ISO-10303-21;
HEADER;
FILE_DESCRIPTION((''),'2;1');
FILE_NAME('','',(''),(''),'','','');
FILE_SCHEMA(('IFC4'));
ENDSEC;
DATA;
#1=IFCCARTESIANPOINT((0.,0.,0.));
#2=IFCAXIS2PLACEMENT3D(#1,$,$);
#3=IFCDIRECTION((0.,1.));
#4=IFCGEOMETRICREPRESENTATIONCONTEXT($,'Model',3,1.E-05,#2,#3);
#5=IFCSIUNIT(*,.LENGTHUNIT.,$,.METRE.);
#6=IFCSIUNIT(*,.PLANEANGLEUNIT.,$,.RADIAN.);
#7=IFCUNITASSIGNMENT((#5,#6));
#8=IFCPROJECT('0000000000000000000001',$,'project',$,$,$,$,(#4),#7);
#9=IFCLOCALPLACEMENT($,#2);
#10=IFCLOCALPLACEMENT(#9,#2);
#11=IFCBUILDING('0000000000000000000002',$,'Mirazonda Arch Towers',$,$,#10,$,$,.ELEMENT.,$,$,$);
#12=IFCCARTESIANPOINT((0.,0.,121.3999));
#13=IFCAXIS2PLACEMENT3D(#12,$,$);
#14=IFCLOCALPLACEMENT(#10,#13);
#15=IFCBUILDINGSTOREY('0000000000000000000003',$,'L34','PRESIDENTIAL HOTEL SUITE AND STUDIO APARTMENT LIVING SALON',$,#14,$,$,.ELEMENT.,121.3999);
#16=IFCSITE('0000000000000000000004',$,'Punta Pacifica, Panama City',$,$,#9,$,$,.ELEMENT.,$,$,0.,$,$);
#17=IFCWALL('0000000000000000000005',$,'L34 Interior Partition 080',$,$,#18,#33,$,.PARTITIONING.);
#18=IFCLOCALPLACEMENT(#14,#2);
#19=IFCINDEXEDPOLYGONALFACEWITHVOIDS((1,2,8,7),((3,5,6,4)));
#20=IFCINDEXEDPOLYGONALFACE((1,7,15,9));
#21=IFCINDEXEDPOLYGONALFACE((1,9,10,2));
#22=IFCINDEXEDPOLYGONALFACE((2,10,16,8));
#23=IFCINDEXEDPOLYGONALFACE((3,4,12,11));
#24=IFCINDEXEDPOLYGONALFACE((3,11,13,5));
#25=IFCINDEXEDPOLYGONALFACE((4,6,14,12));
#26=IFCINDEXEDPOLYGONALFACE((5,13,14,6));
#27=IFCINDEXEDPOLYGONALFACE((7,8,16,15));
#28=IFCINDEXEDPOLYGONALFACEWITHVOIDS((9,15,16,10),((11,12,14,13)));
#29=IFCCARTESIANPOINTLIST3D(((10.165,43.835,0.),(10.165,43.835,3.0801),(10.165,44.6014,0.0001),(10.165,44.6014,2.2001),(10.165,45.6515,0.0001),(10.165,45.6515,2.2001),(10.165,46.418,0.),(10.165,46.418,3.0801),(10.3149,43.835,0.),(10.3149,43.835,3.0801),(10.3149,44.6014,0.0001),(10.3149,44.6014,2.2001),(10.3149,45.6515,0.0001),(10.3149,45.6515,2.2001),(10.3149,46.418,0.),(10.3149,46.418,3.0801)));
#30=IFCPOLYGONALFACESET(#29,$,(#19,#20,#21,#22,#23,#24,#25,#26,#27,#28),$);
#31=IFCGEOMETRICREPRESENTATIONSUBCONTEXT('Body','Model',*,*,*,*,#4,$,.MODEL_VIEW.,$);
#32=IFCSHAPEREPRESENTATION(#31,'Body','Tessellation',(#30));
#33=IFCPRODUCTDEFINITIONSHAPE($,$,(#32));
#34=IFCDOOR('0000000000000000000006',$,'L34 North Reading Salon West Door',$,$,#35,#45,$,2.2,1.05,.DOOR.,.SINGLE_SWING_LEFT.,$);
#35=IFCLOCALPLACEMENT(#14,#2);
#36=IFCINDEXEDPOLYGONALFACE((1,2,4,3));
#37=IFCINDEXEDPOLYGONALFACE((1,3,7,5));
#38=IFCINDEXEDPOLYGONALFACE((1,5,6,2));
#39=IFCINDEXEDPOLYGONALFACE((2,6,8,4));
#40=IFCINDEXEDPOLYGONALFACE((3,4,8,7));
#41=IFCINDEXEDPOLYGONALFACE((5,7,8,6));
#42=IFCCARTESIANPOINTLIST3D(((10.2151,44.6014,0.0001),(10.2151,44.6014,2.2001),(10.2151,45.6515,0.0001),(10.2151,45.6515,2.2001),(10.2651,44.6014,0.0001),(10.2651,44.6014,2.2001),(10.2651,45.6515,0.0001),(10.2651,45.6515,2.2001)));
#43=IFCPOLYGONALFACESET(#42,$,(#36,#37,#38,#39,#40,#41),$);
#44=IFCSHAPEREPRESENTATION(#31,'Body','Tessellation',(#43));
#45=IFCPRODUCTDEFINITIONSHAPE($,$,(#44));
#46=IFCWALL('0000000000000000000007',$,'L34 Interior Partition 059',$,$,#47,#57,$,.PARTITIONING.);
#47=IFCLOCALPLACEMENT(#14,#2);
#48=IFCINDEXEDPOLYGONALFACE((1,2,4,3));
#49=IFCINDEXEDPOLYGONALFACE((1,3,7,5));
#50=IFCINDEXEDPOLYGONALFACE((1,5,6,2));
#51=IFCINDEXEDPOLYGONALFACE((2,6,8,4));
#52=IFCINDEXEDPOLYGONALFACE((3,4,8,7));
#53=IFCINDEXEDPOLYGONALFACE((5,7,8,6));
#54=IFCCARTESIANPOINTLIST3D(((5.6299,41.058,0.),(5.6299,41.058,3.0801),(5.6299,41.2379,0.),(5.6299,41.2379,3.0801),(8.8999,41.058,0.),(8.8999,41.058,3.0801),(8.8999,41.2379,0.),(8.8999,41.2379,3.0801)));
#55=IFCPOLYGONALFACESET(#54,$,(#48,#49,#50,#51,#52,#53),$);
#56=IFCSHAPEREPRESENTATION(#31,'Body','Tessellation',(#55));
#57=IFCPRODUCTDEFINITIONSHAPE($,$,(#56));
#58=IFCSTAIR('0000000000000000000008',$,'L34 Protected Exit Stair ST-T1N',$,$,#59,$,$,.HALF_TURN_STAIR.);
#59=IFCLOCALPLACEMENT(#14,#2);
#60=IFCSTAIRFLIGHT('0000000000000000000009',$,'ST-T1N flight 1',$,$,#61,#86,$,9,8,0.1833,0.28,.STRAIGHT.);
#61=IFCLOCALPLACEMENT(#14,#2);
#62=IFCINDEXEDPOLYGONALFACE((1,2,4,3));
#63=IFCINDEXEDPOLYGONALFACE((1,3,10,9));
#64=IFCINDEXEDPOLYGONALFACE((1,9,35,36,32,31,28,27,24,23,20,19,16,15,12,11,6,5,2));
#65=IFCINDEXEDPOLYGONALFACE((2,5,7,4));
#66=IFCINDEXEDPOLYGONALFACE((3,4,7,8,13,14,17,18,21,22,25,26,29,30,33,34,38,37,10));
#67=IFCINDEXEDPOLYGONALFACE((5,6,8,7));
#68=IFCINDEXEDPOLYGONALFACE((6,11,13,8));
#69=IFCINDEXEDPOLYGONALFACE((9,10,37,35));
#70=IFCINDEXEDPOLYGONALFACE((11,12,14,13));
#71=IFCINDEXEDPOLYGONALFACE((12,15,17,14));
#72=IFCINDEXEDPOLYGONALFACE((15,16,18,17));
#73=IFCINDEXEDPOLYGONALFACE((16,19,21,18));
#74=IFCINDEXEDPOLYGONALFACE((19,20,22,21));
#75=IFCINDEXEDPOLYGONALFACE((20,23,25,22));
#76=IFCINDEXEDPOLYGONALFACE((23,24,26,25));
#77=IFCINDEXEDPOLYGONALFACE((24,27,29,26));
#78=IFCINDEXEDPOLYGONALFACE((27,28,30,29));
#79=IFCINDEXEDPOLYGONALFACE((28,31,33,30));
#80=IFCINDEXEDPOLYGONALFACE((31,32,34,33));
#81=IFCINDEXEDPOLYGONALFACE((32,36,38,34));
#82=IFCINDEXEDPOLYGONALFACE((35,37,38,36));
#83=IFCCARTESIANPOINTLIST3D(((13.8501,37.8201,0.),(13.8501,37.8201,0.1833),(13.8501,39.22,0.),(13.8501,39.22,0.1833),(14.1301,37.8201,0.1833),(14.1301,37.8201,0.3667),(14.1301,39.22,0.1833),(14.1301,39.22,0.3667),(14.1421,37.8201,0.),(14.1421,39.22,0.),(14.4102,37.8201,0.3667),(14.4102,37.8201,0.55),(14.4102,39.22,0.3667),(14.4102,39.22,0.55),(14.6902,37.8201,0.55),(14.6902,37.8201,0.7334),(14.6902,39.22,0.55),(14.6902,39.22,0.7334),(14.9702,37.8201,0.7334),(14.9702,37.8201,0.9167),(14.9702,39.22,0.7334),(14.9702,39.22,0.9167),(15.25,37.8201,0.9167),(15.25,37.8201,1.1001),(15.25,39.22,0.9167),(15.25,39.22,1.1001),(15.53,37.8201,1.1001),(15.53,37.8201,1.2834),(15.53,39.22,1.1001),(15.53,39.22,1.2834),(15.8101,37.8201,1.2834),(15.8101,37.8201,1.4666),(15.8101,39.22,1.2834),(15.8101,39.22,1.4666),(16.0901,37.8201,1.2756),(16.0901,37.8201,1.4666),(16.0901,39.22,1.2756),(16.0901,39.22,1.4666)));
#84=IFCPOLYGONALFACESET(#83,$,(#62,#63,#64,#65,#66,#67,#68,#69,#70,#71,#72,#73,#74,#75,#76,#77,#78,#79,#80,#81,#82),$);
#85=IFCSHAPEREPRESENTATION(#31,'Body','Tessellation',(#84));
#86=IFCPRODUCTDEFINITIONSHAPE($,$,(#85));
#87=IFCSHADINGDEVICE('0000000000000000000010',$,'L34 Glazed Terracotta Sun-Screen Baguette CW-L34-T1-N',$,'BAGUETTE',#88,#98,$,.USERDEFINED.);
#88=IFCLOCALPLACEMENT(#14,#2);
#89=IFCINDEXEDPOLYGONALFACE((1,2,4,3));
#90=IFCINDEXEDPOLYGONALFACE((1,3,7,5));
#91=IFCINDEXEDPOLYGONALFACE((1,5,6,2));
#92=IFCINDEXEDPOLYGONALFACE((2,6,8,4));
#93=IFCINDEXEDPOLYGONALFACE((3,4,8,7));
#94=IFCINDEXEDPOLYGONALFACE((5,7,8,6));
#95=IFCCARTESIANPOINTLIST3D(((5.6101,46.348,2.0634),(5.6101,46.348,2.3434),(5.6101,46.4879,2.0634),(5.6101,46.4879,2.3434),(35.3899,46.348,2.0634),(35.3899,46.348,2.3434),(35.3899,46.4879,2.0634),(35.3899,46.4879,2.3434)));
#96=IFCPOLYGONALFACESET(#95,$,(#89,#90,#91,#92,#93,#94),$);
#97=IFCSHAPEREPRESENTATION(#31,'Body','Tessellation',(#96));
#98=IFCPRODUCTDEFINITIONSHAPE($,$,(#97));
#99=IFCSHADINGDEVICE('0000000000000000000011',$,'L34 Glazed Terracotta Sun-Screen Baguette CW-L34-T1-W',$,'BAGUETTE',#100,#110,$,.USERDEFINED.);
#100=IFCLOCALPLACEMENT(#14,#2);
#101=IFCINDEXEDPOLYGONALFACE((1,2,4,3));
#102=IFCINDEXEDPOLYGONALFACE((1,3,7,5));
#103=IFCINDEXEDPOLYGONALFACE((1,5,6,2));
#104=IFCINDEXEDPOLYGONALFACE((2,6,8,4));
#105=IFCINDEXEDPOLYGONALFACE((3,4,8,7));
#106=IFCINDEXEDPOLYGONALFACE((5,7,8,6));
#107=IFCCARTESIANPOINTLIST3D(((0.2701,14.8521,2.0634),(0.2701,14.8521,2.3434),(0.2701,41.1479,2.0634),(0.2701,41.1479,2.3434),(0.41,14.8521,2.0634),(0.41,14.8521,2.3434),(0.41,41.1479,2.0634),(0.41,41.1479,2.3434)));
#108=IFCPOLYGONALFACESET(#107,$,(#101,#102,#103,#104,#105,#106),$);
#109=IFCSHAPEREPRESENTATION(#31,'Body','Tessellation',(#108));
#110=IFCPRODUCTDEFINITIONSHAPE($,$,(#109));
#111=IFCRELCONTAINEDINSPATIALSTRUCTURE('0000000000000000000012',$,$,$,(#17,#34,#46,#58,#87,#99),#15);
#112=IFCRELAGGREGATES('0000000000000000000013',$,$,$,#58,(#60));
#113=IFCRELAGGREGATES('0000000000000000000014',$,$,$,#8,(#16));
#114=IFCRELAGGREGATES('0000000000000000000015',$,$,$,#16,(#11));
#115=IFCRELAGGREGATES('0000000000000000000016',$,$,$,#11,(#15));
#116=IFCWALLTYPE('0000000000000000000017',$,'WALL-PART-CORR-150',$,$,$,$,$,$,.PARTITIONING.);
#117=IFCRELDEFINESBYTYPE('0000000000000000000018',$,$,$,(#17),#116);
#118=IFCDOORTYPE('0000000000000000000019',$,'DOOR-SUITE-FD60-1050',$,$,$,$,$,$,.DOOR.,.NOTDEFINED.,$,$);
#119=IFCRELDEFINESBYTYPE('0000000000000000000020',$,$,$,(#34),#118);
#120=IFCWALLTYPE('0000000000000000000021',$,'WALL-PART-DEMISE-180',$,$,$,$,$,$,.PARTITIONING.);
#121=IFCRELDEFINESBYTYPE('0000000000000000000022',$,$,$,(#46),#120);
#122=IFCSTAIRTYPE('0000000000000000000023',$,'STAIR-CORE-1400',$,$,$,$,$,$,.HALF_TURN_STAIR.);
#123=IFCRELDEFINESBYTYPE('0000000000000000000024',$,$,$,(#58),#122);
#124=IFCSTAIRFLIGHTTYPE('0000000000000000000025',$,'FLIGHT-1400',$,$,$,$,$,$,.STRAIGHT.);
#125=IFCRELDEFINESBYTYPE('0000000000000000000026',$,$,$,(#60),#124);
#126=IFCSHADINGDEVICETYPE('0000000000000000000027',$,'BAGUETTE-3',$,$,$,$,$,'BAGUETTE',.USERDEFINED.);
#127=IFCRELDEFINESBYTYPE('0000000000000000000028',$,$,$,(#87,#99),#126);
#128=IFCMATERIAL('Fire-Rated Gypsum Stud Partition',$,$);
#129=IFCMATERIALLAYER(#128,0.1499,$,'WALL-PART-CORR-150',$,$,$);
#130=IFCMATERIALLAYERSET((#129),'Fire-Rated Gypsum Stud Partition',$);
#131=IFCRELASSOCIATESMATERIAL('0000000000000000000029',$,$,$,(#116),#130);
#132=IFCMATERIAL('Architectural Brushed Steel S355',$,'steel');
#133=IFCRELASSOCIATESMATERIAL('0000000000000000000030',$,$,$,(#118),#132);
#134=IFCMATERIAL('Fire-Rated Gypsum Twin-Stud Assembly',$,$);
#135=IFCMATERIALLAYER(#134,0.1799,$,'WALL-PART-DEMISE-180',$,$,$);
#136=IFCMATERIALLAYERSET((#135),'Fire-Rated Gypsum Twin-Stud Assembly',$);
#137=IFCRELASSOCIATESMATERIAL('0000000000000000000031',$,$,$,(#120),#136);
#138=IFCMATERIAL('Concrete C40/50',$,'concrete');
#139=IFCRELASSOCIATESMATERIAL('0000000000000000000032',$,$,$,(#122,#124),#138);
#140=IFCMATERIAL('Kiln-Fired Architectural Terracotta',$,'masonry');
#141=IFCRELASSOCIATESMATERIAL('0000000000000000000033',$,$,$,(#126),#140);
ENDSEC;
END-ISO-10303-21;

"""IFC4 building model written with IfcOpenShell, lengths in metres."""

from ifc_helpers import new_model, si_unit, direction, frame, frame_2d, origin, origin_2d, place, context, subcontext, project, spatial, polyline, rectangle, outline, extrude, material, layer, layer_set, material_profile, profile_set, type_object, element, fill, aggregate, save


model = new_model("IFC4")

# Units and contexts
model_context = context("Model", 3, precision=1e-05, world=origin(), true_north=direction((0.0, 1.0)))
body_context = subcontext(model_context, "Body", "Model", "MODEL_VIEW")
ifc_project = project(units=[si_unit("LENGTHUNIT", "METRE"), si_unit("PLANEANGLEUNIT", "RADIAN")], contexts=[model_context])

# Site, building, storey
site_placement = place(None, origin())
site = spatial("IfcSite", under=ifc_project, at=site_placement, Name="Punta Pacifica, Panama City", CompositionType="ELEMENT", RefElevation=0.0)
building_placement = place(site_placement, origin())
building = spatial("IfcBuilding", under=site, at=building_placement, Name="Mirazonda Arch Towers", CompositionType="ELEMENT")
storey_placement = place(building_placement, frame((0.0, 0.0, 121.3999)))
storey = spatial("IfcBuildingStorey", under=building, at=storey_placement, Name="L34", Description="PRESIDENTIAL HOTEL SUITE AND STUDIO APARTMENT LIVING SALON", CompositionType="ELEMENT", Elevation=121.3999)

# Shared definitions
ifc_material_1 = material(Name="Fire-Rated Gypsum Stud Partition")
ifc_layer_1 = layer(ifc_material_1, 0.1499, Name="WALL-PART-CORR-150")
ifc_layer_set_1 = layer_set([ifc_layer_1], Name="Fire-Rated Gypsum Stud Partition")
wall_type_1 = type_object("IfcWallType", Name="WALL-PART-CORR-150", PredefinedType="PARTITIONING", material=ifc_layer_set_1)

# Wall, opening, door
wall_1_placement = place(storey_placement, frame((10.24, 43.835, 0.0), z_axis=(0.0, 0.0, 1.0), x_axis=(0.0, 1.0, 0.0)))
wall_1 = element("IfcWall", 1, at=wall_1_placement, inside=storey, type_object=wall_type_1, Name="L34 Interior Partition 080", PredefinedType="PARTITIONING", context=body_context, shape_type="SweptSolid", body=[
    extrude(rectangle(XDim=2.583, YDim=0.1499, at=frame_2d((1.2915, 0.0))), origin(), (0.0, 0.0, 1.0), 3.0801),
])
opening_1_placement = place(wall_1_placement, frame((0.7666, 0.0, 0.0)))
opening_1 = element("IfcOpeningElement", 2, at=opening_1_placement, cuts=wall_1, PredefinedType="OPENING", context=body_context, shape_type="SweptSolid", body=[
    extrude(rectangle(XDim=1.05, YDim=2.2, at=frame_2d((0.5249, 1.1001))), frame((0.0, 0.085, 0.0), z_axis=(0.0, -1.0, 0.0), x_axis=(1.0, 0.0, 0.0)), (0.0, 0.0, 1.0), 0.1699),
])
ifc_material_2 = material(Name="Architectural Brushed Steel S355", Category="steel")
door_type_1 = type_object("IfcDoorType", Name="DOOR-SUITE-FD60-1050", OperationType="NOTDEFINED", PredefinedType="DOOR", material=ifc_material_2)
door_1_placement = place(opening_1_placement, origin())
door_1 = element("IfcDoor", 3, at=door_1_placement, inside=storey, type_object=door_type_1, Name="L34 North Reading Salon West Door", OperationType="SINGLE_SWING_LEFT", OverallHeight=2.2, OverallWidth=1.05, PredefinedType="DOOR", context=body_context, shape_type="SweptSolid", body=[
    extrude(rectangle(XDim=1.05, YDim=2.2, at=frame_2d((0.5249, 1.1001))), frame((0.0, 0.0249, 0.0), z_axis=(0.0, -1.0, 0.0), x_axis=(1.0, 0.0, 0.0)), (0.0, 0.0, 1.0), 0.05),
])
fill(opening_1, door_1)

# Wall
ifc_material_3 = material(Name="Fire-Rated Gypsum Twin-Stud Assembly")
ifc_layer_2 = layer(ifc_material_3, 0.1799, Name="WALL-PART-DEMISE-180")
ifc_layer_set_2 = layer_set([ifc_layer_2], Name="Fire-Rated Gypsum Twin-Stud Assembly")
wall_type_2 = type_object("IfcWallType", Name="WALL-PART-DEMISE-180", PredefinedType="PARTITIONING", material=ifc_layer_set_2)
wall_2_placement = place(storey_placement, frame((5.6299, 41.1479, 0.0), z_axis=(0.0, 0.0, 1.0), x_axis=(1.0, 0.0, 0.0)))
element("IfcWall", 4, at=wall_2_placement, inside=storey, type_object=wall_type_2, Name="L34 Interior Partition 059", PredefinedType="PARTITIONING", context=body_context, shape_type="SweptSolid", body=[
    extrude(rectangle(XDim=3.27, YDim=0.1799, at=frame_2d((1.635, 0.0))), origin(), (0.0, 0.0, 1.0), 3.0801),
])

# Stair, stair flight
ifc_material_4 = material(Name="Concrete C40/50", Category="concrete")
stair_type = type_object("IfcStairType", Name="STAIR-CORE-1400", PredefinedType="HALF_TURN_STAIR", material=ifc_material_4)
stair_placement = place(storey_placement, origin())
stair = element("IfcStair", 5, at=stair_placement, inside=storey, type_object=stair_type, Name="L34 Protected Exit Stair ST-T1N", PredefinedType="HALF_TURN_STAIR")
stair_flight_type = type_object("IfcStairFlightType", Name="FLIGHT-1400", PredefinedType="STRAIGHT", material=ifc_material_4)
stair_flight_placement = place(storey_placement, frame((13.8501, 38.52, 0.0), z_axis=(0.0, 0.0, 1.0), x_axis=(1.0, 0.0, 0.0)))
stair_flight = element("IfcStairFlight", 6, at=stair_flight_placement, type_object=stair_flight_type, Name="ST-T1N flight 1", NumberOfRisers=9, NumberOfTreads=8, PredefinedType="STRAIGHT", RiserHeight=0.1833, TreadLength=0.28, context=body_context, shape_type="SweptSolid", body=[
    extrude(outline(polyline([(0.0, 0.0), (0.0, 0.1833), (0.28, 0.1833), (0.28, 0.3667), (0.5601, 0.3667), (0.5601, 0.55), (0.8401, 0.55), (0.8401, 0.7334), (1.1201, 0.7334), (1.1201, 0.9167), (1.3999, 0.9167), (1.3999, 1.1001), (1.6799, 1.1001), (1.6799, 1.2834), (1.96, 1.2834), (1.96, 1.4666), (2.24, 1.4666), (2.24, 1.6499), (2.24, 1.2756), (0.292, 0.0), (0.0, 0.0)])), frame((0.0, 0.7, 0.0), z_axis=(0.0, -1.0, 0.0), x_axis=(1.0, 0.0, 0.0)), (0.0, 0.0, 1.0), 1.3999),
])
aggregate(stair, [stair_flight])

# Shading devices
ifc_material_5 = material(Name="Kiln-Fired Architectural Terracotta", Category="masonry")
ifc_material_profile_1 = material_profile(ifc_material_5, rectangle(XDim=0.1399, YDim=0.28, at=origin_2d()), Name="TERRA-BAG-140x280")
ifc_profile_set_1 = profile_set([ifc_material_profile_1], Name="Kiln-Fired Architectural Terracotta")
shading_device_type = type_object("IfcShadingDeviceType", Name="BAGUETTE-3", ElementType="BAGUETTE", PredefinedType="USERDEFINED", material=ifc_profile_set_1)
shading_device_1_placement = place(storey_placement, frame((5.6101, 46.418, 2.2034), z_axis=(1.0, 0.0, 0.0), x_axis=(0.0, 1.0, 0.0)))
element("IfcShadingDevice", 7, at=shading_device_1_placement, inside=storey, type_object=shading_device_type, Name="L34 Glazed Terracotta Sun-Screen Baguette CW-L34-T1-N", ObjectType="BAGUETTE", PredefinedType="USERDEFINED", context=body_context, shape_type="SweptSolid", body=[
    extrude(rectangle(XDim=0.1399, YDim=0.28, at=origin_2d()), origin(), (0.0, 0.0, 1.0), 29.7798),
])
shading_device_2_placement = place(storey_placement, frame((0.3401, 41.1479, 2.2034), z_axis=(0.0, -1.0, 0.0), x_axis=(1.0, 0.0, 0.0)))
element("IfcShadingDevice", 8, at=shading_device_2_placement, inside=storey, type_object=shading_device_type, Name="L34 Glazed Terracotta Sun-Screen Baguette CW-L34-T1-W", ObjectType="BAGUETTE", PredefinedType="USERDEFINED", context=body_context, shape_type="SweptSolid", body=[
    extrude(rectangle(XDim=0.1399, YDim=0.28, at=origin_2d()), origin(), (0.0, 0.0, 1.0), 26.2959),
])

save(model, "model.ifc")
